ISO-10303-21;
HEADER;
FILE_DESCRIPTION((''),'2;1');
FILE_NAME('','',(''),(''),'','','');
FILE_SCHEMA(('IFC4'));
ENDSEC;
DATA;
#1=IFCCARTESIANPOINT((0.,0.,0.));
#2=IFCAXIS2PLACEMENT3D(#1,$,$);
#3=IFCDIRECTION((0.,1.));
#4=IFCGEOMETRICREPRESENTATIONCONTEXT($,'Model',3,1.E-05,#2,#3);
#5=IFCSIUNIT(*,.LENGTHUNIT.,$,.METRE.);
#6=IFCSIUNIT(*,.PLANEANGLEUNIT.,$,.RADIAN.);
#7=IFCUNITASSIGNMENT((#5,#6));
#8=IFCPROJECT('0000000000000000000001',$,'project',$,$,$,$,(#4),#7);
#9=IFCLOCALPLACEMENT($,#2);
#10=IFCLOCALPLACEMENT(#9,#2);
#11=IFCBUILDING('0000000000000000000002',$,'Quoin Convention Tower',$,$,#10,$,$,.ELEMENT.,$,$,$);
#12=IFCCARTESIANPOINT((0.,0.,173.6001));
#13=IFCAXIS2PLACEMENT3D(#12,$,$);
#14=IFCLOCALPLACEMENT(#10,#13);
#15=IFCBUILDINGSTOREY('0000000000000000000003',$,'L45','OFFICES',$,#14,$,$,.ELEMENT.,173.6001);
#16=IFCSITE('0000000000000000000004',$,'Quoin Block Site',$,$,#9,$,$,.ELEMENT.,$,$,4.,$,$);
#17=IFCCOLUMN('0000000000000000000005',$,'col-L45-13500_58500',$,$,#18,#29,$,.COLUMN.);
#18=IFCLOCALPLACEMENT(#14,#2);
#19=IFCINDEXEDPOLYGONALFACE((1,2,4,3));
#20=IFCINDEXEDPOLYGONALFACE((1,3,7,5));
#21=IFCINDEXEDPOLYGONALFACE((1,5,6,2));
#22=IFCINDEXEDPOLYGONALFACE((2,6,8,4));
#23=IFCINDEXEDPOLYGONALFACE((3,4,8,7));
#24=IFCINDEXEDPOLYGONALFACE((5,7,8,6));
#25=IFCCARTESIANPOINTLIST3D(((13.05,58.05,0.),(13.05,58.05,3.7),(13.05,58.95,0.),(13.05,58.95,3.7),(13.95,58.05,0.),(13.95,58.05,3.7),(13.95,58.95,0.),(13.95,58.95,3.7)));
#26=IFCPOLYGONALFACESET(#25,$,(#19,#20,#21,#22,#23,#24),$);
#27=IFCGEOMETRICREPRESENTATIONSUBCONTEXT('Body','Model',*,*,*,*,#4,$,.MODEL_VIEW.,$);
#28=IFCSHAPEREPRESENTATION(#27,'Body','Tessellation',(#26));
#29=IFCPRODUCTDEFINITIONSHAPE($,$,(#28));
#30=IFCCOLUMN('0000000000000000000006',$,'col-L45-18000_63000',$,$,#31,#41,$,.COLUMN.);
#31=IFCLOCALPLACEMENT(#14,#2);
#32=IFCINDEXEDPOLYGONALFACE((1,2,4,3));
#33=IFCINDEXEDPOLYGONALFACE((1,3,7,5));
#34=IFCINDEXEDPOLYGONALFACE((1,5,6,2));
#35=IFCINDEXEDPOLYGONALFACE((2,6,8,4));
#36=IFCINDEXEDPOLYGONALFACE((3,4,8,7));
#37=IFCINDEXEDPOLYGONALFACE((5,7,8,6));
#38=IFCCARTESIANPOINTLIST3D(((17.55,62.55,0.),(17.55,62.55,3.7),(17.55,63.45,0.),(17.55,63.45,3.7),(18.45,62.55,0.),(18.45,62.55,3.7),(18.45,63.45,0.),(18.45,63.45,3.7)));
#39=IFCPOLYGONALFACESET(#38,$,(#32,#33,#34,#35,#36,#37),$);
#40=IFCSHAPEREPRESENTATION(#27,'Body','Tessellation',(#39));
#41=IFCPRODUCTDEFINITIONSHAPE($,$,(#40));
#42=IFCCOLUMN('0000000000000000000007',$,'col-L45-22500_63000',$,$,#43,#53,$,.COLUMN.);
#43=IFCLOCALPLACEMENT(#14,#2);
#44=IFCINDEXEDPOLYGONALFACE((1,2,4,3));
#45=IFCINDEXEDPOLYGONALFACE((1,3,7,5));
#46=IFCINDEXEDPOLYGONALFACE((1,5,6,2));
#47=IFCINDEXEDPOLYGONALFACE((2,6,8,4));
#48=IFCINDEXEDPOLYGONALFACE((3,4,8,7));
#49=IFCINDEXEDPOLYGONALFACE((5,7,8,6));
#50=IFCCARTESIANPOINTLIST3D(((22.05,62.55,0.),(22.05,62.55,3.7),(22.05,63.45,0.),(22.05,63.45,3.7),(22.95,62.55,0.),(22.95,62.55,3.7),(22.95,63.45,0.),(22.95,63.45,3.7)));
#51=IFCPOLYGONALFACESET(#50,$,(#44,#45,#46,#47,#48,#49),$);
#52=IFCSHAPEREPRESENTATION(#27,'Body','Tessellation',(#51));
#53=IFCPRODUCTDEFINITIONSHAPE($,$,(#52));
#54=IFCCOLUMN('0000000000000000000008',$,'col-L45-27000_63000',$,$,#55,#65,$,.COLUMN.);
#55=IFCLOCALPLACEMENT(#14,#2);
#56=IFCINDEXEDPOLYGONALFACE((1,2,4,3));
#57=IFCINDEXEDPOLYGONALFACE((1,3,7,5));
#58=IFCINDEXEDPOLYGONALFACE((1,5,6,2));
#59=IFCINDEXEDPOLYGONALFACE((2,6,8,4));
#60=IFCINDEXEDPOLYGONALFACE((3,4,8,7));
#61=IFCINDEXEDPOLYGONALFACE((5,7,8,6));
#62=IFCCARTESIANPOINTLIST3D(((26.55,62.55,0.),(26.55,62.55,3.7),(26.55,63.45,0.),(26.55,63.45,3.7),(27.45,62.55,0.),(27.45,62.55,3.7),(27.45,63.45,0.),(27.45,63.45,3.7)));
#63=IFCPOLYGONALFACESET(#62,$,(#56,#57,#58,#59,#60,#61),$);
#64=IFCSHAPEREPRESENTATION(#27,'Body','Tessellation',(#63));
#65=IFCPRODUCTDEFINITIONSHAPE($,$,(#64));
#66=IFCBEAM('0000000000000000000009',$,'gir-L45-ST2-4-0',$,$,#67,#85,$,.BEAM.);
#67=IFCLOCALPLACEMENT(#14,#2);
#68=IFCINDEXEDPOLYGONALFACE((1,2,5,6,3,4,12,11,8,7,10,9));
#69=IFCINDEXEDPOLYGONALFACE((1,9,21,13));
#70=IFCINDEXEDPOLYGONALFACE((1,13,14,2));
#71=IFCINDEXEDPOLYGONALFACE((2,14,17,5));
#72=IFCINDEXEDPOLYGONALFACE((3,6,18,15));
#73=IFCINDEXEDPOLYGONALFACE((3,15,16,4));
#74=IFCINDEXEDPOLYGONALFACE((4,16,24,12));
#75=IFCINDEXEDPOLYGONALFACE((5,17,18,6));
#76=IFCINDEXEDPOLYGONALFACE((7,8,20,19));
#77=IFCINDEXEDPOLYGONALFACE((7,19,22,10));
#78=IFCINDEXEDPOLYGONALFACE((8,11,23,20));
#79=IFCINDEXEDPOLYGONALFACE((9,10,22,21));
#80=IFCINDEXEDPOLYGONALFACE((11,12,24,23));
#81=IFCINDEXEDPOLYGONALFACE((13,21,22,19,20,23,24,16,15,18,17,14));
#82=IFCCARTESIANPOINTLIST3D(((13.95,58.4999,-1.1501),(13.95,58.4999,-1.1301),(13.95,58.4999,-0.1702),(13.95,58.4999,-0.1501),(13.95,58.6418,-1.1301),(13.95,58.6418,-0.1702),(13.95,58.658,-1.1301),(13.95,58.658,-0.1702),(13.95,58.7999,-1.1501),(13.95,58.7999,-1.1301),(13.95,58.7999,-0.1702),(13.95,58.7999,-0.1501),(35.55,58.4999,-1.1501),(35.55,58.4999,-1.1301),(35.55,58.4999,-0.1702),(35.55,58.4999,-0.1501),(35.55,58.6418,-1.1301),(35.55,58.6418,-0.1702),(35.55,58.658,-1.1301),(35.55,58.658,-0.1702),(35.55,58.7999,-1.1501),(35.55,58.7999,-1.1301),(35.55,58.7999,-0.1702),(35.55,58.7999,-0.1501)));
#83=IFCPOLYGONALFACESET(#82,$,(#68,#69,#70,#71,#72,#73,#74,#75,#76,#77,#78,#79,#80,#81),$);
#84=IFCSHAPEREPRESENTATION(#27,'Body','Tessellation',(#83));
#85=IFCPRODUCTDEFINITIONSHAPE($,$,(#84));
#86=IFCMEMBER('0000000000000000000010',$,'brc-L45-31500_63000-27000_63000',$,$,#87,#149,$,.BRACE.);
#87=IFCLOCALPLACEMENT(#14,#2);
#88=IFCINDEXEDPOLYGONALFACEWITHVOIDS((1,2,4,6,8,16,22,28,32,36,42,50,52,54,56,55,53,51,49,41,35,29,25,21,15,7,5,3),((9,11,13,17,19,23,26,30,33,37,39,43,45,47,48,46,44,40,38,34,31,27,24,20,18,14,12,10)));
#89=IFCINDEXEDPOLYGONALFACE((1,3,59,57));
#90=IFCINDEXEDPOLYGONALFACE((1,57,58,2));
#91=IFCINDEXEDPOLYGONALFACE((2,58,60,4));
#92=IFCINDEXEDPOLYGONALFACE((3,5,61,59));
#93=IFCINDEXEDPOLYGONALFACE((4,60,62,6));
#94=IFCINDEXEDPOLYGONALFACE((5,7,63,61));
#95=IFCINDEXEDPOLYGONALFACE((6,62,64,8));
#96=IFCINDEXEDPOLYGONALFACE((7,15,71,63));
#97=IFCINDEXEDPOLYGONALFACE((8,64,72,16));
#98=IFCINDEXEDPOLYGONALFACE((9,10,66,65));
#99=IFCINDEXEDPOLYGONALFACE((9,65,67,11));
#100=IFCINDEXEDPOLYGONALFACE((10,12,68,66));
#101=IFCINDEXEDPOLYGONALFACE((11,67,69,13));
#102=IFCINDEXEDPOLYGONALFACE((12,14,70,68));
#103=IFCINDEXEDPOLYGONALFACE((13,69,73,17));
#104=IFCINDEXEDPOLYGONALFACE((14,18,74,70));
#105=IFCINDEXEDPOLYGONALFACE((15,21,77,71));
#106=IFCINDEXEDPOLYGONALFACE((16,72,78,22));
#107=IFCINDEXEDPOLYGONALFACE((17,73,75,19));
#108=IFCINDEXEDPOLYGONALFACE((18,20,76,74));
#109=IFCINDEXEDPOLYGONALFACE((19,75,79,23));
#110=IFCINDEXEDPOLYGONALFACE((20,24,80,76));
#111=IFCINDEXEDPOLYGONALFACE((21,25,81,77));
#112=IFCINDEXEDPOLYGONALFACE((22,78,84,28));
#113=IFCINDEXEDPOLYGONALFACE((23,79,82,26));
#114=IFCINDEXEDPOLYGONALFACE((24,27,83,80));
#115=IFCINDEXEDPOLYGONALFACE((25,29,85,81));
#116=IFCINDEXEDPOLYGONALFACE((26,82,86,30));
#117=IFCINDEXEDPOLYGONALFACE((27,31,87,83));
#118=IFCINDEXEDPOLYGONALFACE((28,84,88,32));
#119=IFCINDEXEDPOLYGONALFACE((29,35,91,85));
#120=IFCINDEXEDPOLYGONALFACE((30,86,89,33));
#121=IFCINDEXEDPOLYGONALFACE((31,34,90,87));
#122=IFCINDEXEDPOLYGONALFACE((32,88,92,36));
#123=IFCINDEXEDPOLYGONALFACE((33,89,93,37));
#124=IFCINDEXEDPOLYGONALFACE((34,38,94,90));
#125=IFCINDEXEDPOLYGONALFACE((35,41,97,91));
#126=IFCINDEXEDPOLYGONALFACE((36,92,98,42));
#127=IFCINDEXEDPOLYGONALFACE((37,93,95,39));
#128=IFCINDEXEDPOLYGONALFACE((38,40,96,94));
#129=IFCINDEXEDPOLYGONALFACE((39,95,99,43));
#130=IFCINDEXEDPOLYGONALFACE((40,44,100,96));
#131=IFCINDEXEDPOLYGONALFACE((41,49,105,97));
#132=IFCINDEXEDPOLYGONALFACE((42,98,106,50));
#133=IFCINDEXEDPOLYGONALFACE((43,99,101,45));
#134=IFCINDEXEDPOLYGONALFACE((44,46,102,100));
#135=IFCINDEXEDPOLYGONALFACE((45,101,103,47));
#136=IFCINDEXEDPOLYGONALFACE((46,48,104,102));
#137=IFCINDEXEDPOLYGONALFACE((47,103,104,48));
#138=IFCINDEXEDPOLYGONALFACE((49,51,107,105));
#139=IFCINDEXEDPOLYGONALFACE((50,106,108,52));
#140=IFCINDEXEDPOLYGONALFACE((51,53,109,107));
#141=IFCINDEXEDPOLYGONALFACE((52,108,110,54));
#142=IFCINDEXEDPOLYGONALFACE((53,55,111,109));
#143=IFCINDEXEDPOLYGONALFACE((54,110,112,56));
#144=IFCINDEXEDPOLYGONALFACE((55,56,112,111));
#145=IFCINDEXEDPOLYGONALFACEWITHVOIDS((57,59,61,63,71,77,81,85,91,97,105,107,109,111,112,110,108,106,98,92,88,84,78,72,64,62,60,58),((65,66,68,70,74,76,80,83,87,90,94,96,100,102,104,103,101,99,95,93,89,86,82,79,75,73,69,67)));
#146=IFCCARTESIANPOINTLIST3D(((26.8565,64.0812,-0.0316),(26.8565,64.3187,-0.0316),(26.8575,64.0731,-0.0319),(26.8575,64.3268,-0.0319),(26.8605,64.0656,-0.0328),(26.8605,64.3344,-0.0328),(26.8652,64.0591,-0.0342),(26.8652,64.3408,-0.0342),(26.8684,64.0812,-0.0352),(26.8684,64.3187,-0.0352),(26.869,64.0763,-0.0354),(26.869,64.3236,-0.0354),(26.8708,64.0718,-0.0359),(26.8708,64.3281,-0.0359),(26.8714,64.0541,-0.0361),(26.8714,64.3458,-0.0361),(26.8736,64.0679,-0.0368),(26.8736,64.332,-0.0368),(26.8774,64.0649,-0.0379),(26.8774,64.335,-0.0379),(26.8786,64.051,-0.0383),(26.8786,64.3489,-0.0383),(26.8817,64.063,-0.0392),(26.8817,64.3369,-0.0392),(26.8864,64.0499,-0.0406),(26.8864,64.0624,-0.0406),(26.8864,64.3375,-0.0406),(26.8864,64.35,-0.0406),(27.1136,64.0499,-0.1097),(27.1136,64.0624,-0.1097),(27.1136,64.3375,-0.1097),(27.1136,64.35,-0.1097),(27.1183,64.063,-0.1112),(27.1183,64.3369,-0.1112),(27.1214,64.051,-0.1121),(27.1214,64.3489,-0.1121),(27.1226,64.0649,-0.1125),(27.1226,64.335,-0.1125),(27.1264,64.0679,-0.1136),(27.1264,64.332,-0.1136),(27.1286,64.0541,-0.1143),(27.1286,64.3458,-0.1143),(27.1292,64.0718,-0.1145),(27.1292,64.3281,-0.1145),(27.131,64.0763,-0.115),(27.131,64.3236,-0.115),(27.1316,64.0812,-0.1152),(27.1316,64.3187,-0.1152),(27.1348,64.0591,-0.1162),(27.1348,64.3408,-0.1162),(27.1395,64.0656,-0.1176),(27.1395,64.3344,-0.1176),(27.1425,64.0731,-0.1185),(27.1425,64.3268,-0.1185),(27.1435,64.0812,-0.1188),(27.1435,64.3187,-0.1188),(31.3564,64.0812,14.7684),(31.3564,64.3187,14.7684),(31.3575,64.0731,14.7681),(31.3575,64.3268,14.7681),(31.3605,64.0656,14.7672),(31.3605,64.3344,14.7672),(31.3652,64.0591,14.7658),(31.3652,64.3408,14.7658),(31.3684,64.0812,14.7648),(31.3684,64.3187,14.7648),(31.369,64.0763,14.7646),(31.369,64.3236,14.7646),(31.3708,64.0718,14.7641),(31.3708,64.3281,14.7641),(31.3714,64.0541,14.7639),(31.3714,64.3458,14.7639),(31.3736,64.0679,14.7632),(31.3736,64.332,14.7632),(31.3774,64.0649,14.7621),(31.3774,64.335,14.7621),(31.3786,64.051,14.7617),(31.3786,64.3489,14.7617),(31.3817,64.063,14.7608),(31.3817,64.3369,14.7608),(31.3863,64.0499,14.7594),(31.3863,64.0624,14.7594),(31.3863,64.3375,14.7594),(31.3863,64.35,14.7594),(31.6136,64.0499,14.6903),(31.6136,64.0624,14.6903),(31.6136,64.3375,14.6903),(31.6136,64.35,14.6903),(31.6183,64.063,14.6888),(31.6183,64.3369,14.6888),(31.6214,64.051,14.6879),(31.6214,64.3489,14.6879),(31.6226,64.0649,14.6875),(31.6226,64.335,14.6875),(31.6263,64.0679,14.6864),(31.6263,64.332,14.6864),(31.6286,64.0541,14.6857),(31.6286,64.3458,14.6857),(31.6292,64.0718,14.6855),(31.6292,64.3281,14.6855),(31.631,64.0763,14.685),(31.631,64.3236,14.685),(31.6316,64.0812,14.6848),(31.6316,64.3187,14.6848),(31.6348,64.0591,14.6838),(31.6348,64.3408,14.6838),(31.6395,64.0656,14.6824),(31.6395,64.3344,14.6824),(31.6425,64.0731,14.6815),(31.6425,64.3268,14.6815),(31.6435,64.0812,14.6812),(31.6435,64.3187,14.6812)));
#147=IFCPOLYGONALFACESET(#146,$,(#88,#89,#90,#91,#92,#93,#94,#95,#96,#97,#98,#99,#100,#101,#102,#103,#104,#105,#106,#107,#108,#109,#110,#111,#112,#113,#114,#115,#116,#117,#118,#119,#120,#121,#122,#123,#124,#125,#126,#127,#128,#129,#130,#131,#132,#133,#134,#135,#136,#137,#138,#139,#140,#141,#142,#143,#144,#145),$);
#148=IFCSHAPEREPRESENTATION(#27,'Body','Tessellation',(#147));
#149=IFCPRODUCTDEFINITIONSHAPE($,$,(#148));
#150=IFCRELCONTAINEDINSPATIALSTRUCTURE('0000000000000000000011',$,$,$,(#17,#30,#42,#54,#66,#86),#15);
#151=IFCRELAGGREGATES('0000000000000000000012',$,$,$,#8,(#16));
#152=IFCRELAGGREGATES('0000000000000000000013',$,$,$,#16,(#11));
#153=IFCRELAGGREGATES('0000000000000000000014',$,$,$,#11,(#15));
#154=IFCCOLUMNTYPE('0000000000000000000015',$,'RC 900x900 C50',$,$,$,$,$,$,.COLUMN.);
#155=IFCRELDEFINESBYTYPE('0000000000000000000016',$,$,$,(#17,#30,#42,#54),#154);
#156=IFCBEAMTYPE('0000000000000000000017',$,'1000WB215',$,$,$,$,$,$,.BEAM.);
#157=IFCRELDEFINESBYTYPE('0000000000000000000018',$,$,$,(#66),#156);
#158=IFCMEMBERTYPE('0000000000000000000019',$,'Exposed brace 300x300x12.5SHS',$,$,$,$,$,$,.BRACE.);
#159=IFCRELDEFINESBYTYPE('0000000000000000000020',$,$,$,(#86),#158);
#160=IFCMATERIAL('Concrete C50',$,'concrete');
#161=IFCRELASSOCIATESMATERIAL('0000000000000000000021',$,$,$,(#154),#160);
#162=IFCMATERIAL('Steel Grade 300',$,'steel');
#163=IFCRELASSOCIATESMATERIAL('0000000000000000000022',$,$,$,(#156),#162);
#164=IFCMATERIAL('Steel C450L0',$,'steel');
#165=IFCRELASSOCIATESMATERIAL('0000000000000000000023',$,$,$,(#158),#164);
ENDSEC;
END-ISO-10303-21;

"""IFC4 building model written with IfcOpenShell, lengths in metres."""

from ifc_helpers import new_model, si_unit, direction, frame, origin, origin_2d, place, context, subcontext, project, spatial, rectangle, hollow_rectangle, i_section, extrude, material, material_profile, profile_set, type_object, element, save


model = new_model("IFC4")

# Units and contexts
model_context = context("Model", 3, precision=1e-05, world=origin(), true_north=direction((0.0, 1.0)))
body_context = subcontext(model_context, "Body", "Model", "MODEL_VIEW")
ifc_project = project(units=[si_unit("LENGTHUNIT", "METRE"), si_unit("PLANEANGLEUNIT", "RADIAN")], contexts=[model_context])

# Site, building, storey
site_placement = place(None, origin())
site = spatial("IfcSite", under=ifc_project, at=site_placement, Name="Quoin Block Site", CompositionType="ELEMENT", RefElevation=4.0)
building_placement = place(site_placement, origin())
building = spatial("IfcBuilding", under=site, at=building_placement, Name="Quoin Convention Tower", CompositionType="ELEMENT")
storey_placement = place(building_placement, frame((0.0, 0.0, 173.6001)))
storey = spatial("IfcBuildingStorey", under=building, at=storey_placement, Name="L45", Description="OFFICES", CompositionType="ELEMENT", Elevation=173.6001)

# Columns
ifc_material_1 = material(Name="Concrete C50", Category="concrete")
ifc_material_profile_1 = material_profile(ifc_material_1, rectangle(XDim=0.8999, YDim=0.8999, at=origin_2d()), Name="RC 900x900")
ifc_profile_set_1 = profile_set([ifc_material_profile_1], Name="Concrete C50")
column_type = type_object("IfcColumnType", Name="RC 900x900 C50", PredefinedType="COLUMN", material=ifc_profile_set_1)
for number, where, z_axis, x_axis, name in (
    (1, (13.5, 58.5, 0.0), (0.0, 0.0, 1.0), (1.0, 0.0, 0.0), "col-L45-13500_58500"),
    (2, (18.0, 63.0, 0.0), (0.0, 0.0, 1.0), (1.0, 0.0, 0.0), "col-L45-18000_63000"),
    (3, (22.5, 63.0, 0.0), (0.0, 0.0, 1.0), (1.0, 0.0, 0.0), "col-L45-22500_63000"),
    (4, (27.0, 63.0, 0.0), (0.0, 0.0, 1.0), (1.0, 0.0, 0.0), "col-L45-27000_63000"),
):
    element("IfcColumn", number, at=place(storey_placement, frame(where, z_axis=z_axis, x_axis=x_axis)), inside=storey, type_object=column_type, Name=name, PredefinedType="COLUMN", context=body_context, shape_type="SweptSolid", body=[
        extrude(rectangle(XDim=0.8999, YDim=0.8999, at=origin_2d()), origin(), (0.0, 0.0, 1.0), 3.7),
    ])

# Beam
ifc_material_2 = material(Name="Steel Grade 300", Category="steel")
ifc_material_profile_2 = material_profile(ifc_material_2, i_section(OverallWidth=0.3, OverallDepth=1.0, WebThickness=0.0161, FlangeThickness=0.02, at=origin_2d()), Name="1000WB215")
ifc_profile_set_2 = profile_set([ifc_material_profile_2], Name="Steel Grade 300")
beam_type_1 = type_object("IfcBeamType", Name="1000WB215", PredefinedType="BEAM", material=ifc_profile_set_2)
beam_1_placement = place(storey_placement, frame((13.95, 58.6499, -0.6501), z_axis=(1.0, 0.0, 0.0), x_axis=(0.0, 1.0, 0.0)))
element("IfcBeam", 5, at=beam_1_placement, inside=storey, type_object=beam_type_1, Name="gir-L45-ST2-4-0", PredefinedType="BEAM", context=body_context, shape_type="SweptSolid", body=[
    extrude(i_section(OverallWidth=0.3, OverallDepth=1.0, WebThickness=0.0161, FlangeThickness=0.02, at=origin_2d()), origin(), (0.0, 0.0, 1.0), 21.6001),
])

# Member
ifc_material_3 = material(Name="Steel C450L0", Category="steel")
ifc_material_profile_3 = material_profile(ifc_material_3, hollow_rectangle(XDim=0.3, YDim=0.3, WallThickness=0.0125, InnerFilletRadius=0.0188, OuterFilletRadius=0.0312, at=origin_2d()), Name="300x300x12.5SHS")
ifc_profile_set_3 = profile_set([ifc_material_profile_3], Name="Steel C450L0")
member_type = type_object("IfcMemberType", Name="Exposed brace 300x300x12.5SHS", PredefinedType="BRACE", material=ifc_profile_set_3)
for number, where, z_axis, x_axis, name in (
    (6, (27.0, 64.2, -0.0752), (0.290903, 0.0, 0.956752), (0.0, 1.0, 0.0), "brc-L45-31500_63000-27000_63000"),
):
    element("IfcMember", number, at=place(storey_placement, frame(where, z_axis=z_axis, x_axis=x_axis)), inside=storey, type_object=member_type, Name=name, PredefinedType="BRACE", context=body_context, shape_type="SweptSolid", body=[
        extrude(hollow_rectangle(XDim=0.3, YDim=0.3, WallThickness=0.0125, InnerFilletRadius=0.0188, OuterFilletRadius=0.0312, at=origin_2d()), origin(), (0.0, 0.0, 1.0), 15.469),
    ])

save(model, "model.ifc")
